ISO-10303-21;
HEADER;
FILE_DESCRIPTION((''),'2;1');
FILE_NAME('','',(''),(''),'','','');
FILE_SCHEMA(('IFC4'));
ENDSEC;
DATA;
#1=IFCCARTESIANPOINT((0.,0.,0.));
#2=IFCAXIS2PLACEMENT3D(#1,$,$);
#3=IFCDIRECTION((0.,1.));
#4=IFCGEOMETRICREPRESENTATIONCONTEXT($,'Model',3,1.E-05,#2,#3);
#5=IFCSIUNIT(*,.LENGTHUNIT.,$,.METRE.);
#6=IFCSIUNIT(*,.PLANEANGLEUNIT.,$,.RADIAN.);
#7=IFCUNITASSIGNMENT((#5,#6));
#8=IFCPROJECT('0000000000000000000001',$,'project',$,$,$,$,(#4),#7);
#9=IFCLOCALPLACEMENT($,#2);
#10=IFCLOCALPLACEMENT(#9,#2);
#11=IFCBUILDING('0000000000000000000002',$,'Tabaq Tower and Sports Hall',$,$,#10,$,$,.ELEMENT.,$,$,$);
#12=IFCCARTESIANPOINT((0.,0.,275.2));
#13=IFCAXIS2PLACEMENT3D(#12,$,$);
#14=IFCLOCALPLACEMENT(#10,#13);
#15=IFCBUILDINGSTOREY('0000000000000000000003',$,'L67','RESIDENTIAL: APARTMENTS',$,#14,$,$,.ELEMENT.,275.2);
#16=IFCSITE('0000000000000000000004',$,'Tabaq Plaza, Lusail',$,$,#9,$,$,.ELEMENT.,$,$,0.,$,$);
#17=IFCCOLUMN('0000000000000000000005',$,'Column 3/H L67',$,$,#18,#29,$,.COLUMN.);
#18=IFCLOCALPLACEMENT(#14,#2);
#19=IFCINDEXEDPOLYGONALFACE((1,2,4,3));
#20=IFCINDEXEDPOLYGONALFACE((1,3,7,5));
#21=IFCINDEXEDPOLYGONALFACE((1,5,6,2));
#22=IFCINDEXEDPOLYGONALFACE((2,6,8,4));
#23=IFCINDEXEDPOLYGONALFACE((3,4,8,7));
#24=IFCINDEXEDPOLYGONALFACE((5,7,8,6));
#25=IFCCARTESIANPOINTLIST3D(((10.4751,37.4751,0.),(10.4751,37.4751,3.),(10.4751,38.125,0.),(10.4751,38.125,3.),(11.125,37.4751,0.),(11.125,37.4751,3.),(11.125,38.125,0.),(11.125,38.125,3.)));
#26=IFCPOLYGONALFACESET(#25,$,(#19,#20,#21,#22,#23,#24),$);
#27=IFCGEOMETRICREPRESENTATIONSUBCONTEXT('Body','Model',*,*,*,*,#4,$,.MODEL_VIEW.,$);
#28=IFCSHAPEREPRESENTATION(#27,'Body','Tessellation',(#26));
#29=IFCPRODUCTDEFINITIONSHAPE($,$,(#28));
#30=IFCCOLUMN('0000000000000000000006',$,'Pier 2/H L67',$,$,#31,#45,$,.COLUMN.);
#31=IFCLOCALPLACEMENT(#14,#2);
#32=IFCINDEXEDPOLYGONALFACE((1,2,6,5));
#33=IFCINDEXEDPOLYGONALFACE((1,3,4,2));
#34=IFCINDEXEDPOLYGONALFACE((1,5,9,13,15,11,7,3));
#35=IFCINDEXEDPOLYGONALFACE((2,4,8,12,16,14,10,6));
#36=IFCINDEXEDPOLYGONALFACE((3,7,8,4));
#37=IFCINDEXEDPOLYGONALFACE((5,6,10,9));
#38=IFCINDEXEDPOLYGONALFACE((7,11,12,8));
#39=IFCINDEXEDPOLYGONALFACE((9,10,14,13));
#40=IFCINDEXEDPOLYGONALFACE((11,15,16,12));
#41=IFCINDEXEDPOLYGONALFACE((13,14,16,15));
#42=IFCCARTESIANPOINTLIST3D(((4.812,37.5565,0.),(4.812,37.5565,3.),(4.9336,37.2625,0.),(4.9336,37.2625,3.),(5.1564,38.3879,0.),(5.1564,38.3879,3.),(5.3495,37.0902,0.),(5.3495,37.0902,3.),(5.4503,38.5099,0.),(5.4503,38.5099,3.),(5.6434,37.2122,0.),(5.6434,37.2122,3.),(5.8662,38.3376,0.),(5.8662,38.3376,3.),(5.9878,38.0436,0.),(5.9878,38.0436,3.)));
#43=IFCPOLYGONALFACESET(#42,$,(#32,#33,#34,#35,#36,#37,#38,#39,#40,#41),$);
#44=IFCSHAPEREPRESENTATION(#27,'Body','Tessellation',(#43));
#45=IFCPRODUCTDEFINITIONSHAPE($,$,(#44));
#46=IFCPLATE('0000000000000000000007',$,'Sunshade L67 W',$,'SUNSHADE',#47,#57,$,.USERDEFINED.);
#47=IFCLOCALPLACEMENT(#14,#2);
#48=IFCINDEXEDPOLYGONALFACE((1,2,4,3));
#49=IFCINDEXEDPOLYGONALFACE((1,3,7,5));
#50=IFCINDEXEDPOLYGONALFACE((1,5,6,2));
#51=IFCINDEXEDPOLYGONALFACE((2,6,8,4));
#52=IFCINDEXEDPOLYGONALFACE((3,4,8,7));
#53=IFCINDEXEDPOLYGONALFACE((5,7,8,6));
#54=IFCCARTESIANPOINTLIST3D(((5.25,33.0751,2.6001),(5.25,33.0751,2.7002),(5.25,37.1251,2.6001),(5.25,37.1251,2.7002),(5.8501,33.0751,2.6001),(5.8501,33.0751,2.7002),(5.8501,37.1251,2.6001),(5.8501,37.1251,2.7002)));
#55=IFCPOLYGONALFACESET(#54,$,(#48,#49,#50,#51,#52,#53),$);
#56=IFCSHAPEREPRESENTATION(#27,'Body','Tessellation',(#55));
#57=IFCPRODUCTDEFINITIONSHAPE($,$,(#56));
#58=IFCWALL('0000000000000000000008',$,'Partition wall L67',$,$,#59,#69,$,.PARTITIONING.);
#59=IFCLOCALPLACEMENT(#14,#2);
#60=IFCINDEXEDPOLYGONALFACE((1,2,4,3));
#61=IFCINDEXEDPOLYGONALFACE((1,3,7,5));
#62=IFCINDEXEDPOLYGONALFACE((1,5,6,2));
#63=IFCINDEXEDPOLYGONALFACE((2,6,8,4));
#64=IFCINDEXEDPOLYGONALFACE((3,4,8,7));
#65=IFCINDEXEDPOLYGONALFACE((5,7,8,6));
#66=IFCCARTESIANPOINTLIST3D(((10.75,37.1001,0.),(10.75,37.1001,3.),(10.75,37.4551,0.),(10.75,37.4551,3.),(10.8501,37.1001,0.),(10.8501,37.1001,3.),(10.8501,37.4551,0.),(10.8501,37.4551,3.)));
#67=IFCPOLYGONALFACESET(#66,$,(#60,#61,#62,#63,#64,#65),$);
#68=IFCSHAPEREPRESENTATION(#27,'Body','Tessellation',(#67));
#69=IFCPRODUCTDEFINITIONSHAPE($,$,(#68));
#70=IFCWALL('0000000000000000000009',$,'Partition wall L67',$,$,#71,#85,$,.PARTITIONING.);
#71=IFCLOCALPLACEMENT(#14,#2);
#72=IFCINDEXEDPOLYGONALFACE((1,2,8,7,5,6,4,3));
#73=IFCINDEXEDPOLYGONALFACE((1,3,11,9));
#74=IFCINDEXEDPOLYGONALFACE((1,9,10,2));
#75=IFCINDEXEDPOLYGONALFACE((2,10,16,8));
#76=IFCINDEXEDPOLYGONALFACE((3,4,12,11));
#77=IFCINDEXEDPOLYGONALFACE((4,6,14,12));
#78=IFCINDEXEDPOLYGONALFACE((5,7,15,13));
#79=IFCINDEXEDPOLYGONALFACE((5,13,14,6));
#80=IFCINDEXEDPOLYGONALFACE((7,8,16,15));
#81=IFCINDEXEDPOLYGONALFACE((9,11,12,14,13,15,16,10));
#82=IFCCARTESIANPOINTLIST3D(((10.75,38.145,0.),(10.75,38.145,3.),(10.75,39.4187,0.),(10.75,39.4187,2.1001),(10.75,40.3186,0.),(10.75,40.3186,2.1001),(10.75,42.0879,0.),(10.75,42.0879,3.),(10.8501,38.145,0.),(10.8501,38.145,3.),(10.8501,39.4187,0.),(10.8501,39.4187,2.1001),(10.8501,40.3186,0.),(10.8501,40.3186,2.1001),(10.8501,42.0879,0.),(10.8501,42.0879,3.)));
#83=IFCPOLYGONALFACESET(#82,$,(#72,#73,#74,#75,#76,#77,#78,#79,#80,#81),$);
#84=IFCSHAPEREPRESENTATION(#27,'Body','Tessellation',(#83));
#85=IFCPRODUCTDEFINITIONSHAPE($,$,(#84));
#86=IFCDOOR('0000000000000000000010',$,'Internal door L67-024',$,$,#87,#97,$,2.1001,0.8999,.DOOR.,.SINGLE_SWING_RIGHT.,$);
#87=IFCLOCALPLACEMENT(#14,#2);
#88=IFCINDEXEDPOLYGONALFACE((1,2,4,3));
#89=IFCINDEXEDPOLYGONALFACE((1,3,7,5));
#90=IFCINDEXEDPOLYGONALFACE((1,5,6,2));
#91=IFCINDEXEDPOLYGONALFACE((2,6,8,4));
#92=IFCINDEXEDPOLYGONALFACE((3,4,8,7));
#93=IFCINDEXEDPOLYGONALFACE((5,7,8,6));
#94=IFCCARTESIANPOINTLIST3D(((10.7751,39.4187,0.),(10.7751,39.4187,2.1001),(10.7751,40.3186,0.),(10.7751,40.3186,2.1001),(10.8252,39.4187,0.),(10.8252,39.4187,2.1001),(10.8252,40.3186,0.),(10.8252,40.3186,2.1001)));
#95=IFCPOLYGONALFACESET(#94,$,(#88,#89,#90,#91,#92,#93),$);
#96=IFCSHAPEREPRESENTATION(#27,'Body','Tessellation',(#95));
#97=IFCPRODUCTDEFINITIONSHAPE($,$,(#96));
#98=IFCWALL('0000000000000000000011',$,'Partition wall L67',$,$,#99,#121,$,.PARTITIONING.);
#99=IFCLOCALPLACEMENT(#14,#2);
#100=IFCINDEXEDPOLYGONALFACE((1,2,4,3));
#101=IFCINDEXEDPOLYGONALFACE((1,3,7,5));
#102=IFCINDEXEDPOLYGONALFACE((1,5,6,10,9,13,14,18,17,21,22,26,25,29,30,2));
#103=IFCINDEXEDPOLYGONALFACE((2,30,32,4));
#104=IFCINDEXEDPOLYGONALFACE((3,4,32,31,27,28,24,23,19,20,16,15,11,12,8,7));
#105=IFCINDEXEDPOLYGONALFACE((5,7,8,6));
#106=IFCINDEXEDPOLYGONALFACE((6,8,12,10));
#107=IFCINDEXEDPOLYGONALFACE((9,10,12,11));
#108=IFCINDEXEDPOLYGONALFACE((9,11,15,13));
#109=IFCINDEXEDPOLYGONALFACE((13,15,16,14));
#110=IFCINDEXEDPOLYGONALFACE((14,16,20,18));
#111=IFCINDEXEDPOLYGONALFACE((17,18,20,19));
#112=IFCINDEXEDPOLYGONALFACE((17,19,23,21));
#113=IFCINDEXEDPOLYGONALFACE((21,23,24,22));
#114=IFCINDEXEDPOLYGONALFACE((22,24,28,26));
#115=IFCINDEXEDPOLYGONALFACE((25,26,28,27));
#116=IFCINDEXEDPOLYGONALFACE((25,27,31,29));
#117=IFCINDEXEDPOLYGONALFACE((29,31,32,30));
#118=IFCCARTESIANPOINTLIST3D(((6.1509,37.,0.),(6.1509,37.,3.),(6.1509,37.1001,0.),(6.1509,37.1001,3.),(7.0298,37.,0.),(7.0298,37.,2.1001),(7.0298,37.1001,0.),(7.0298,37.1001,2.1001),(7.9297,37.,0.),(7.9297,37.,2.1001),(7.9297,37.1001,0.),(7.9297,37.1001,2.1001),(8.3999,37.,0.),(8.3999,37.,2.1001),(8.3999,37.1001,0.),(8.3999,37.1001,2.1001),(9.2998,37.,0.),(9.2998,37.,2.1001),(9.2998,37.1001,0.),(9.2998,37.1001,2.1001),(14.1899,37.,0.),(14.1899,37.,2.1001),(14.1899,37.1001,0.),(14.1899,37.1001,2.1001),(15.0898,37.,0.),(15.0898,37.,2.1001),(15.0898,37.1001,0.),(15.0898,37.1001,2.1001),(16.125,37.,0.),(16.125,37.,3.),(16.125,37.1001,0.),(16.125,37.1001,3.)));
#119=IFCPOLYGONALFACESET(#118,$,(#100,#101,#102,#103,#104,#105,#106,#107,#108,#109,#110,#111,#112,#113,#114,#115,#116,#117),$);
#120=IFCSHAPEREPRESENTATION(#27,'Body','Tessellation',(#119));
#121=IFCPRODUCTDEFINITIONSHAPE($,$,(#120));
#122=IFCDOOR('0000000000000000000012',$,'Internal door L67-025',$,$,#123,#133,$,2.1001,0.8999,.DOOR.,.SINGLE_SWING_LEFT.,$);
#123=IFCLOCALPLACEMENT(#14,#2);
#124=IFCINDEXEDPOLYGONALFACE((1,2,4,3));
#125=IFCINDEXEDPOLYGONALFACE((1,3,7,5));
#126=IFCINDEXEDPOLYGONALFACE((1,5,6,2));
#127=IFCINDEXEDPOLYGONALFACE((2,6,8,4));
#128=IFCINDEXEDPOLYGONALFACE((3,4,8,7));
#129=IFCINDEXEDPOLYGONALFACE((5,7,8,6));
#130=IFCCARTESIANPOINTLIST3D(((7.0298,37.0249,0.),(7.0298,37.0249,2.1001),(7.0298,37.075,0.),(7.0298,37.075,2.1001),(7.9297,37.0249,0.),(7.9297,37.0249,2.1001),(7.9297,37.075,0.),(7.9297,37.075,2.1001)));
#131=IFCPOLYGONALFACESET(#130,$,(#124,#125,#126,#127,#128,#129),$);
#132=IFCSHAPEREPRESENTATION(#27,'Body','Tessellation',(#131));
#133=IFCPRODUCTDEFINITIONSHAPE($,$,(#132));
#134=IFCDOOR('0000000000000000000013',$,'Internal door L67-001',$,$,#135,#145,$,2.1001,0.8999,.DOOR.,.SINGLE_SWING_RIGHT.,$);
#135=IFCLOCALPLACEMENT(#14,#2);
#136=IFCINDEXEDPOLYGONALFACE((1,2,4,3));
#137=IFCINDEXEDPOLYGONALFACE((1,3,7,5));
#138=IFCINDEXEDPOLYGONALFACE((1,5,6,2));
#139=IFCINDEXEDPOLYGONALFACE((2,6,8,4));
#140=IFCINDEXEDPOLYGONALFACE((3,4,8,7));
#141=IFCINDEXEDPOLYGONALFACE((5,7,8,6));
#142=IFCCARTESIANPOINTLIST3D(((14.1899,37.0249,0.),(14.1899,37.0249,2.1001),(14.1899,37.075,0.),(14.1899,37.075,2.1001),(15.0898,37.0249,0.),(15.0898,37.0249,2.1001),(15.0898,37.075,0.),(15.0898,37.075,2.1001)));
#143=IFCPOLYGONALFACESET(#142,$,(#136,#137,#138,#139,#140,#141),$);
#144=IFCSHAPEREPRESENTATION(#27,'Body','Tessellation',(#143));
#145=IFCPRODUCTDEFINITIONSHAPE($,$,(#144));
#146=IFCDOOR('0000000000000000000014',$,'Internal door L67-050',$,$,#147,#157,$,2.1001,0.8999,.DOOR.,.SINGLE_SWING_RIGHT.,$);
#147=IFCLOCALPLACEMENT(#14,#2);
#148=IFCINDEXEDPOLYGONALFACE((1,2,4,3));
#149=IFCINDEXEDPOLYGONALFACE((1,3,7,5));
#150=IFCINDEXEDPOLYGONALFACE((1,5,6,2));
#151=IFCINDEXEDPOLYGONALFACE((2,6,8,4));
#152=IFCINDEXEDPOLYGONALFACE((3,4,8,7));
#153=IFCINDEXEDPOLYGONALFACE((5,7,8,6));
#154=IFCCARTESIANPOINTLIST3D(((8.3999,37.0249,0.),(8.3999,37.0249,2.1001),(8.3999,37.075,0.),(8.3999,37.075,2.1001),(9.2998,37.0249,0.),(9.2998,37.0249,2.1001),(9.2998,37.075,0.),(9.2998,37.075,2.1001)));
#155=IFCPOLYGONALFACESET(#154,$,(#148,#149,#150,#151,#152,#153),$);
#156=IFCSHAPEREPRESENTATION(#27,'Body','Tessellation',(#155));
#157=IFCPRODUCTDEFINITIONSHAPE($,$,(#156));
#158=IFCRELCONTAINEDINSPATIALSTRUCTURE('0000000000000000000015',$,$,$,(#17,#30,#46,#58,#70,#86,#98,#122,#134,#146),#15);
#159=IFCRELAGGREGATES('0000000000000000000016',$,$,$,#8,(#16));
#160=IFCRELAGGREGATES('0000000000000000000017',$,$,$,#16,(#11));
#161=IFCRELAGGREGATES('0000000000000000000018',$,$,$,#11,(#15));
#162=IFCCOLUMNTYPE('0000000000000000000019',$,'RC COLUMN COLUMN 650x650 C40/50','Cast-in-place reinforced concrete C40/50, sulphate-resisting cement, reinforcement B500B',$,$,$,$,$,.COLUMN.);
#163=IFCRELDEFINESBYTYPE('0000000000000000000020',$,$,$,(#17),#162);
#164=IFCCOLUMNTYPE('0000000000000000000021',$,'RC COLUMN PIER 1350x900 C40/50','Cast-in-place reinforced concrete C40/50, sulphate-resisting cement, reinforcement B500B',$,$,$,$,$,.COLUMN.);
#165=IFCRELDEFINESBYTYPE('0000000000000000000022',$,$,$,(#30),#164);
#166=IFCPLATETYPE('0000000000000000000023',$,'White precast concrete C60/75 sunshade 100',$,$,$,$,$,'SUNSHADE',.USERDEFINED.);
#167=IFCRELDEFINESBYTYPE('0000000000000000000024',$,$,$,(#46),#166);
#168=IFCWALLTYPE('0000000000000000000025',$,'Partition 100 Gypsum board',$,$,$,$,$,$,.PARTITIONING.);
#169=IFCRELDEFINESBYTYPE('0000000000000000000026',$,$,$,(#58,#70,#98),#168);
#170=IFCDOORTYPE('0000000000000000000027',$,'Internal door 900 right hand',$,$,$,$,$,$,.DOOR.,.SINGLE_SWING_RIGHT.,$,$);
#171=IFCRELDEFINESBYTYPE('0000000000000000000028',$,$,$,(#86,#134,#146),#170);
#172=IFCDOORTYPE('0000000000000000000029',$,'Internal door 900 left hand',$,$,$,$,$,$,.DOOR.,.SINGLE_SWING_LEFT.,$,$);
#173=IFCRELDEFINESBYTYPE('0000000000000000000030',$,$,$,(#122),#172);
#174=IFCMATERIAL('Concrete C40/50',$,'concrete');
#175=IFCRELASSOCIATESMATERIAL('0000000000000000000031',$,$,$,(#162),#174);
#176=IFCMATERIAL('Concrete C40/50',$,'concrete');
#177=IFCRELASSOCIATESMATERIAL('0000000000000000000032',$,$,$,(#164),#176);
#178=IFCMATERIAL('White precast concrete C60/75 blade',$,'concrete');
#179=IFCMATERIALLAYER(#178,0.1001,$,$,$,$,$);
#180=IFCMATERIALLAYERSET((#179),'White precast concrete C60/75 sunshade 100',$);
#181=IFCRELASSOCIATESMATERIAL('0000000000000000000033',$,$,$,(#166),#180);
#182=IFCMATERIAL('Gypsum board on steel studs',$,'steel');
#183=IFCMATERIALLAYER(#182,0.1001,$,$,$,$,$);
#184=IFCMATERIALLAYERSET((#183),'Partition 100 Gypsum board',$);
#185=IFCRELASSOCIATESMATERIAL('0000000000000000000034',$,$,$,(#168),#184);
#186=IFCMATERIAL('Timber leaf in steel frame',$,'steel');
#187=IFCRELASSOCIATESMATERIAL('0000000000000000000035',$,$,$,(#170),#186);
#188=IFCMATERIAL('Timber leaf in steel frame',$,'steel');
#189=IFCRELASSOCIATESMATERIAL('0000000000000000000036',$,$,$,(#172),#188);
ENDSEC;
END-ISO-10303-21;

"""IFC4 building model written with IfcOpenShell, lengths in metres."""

from ifc_helpers import new_model, si_unit, direction, frame, frame_2d, origin, origin_2d, place, context, subcontext, project, spatial, polyline, rectangle, outline, extrude, material, layer, layer_set, material_profile, profile_set, type_object, element, fill, save


model = new_model("IFC4")

# Units and contexts
model_context = context("Model", 3, precision=1e-05, world=origin(), true_north=direction((0.0, 1.0)))
body_context = subcontext(model_context, "Body", "Model", "MODEL_VIEW")
ifc_project = project(units=[si_unit("LENGTHUNIT", "METRE"), si_unit("PLANEANGLEUNIT", "RADIAN")], contexts=[model_context])

# Site, building, storey
site_placement = place(None, origin())
site = spatial("IfcSite", under=ifc_project, at=site_placement, Name="Tabaq Plaza, Lusail", CompositionType="ELEMENT", RefElevation=0.0)
building_placement = place(site_placement, origin())
building = spatial("IfcBuilding", under=site, at=building_placement, Name="Tabaq Tower and Sports Hall", CompositionType="ELEMENT")
storey_placement = place(building_placement, frame((0.0, 0.0, 275.2)))
storey = spatial("IfcBuildingStorey", under=building, at=storey_placement, Name="L67", Description="RESIDENTIAL: APARTMENTS", CompositionType="ELEMENT", Elevation=275.2)

# Columns
ifc_material_1 = material(Name="Concrete C40/50", Category="concrete")
ifc_material_profile_1 = material_profile(ifc_material_1, rectangle(XDim=0.6499, YDim=0.6499, at=origin_2d()), Name="COLUMN 650x650")
ifc_profile_set_1 = profile_set([ifc_material_profile_1], Name="Concrete C40/50")
column_type_1 = type_object("IfcColumnType", Name="RC COLUMN COLUMN 650x650 C40/50", Description="Cast-in-place reinforced concrete C40/50, sulphate-resisting cement, reinforcement B500B", PredefinedType="COLUMN", material=ifc_profile_set_1)
column_1_placement = place(storey_placement, frame((10.8, 37.8, 0.0), z_axis=(0.0, 0.0, 1.0), x_axis=(1.0, 0.0, 0.0)))
element("IfcColumn", 1, at=column_1_placement, inside=storey, type_object=column_type_1, Name="Column 3/H L67", PredefinedType="COLUMN", context=body_context, shape_type="SweptSolid", body=[
    extrude(rectangle(XDim=0.6499, YDim=0.6499, at=origin_2d()), origin(), (0.0, 0.0, 1.0), 3.0),
])
ifc_material_2 = material(Name="Concrete C40/50", Category="concrete")
ifc_material_profile_2 = material_profile(ifc_material_2, outline(polyline([(-0.45, -0.45), (0.45, -0.45), (0.675, -0.2251), (0.675, 0.2251), (0.45, 0.45), (-0.45, 0.45), (-0.675, 0.2251), (-0.675, -0.2251), (-0.45, -0.45)])), Name="PIER 1350x900")
ifc_profile_set_2 = profile_set([ifc_material_profile_2], Name="Concrete C40/50")
column_type_2 = type_object("IfcColumnType", Name="RC COLUMN PIER 1350x900 C40/50", Description="Cast-in-place reinforced concrete C40/50, sulphate-resisting cement, reinforcement B500B", PredefinedType="COLUMN", material=ifc_profile_set_2)
column_2_placement = place(storey_placement, frame((5.3999, 37.8, 0.0), z_axis=(0.0, 0.0, 1.0), x_axis=(0.382683, 0.92388, 0.0)))
element("IfcColumn", 2, at=column_2_placement, inside=storey, type_object=column_type_2, Name="Pier 2/H L67", PredefinedType="COLUMN", context=body_context, shape_type="SweptSolid", body=[
    extrude(outline(polyline([(-0.45, -0.45), (0.45, -0.45), (0.675, -0.2251), (0.675, 0.2251), (0.45, 0.45), (-0.45, 0.45), (-0.675, 0.2251), (-0.675, -0.2251), (-0.45, -0.45)])), origin(), (0.0, 0.0, 1.0), 3.0),
])

# Plate
ifc_material_3 = material(Name="White precast concrete C60/75 blade", Category="concrete")
ifc_layer_1 = layer(ifc_material_3, 0.1001)
ifc_layer_set_1 = layer_set([ifc_layer_1], Name="White precast concrete C60/75 sunshade 100")
plate_type = type_object("IfcPlateType", Name="White precast concrete C60/75 sunshade 100", ElementType="SUNSHADE", PredefinedType="USERDEFINED", material=ifc_layer_set_1)
plate_placement = place(storey_placement, frame((5.55, 35.1001, 2.6001), z_axis=(0.0, 0.0, 1.0), x_axis=(0.0, -1.0, 0.0)))
element("IfcPlate", 3, at=plate_placement, inside=storey, type_object=plate_type, Name="Sunshade L67 W", ObjectType="SUNSHADE", PredefinedType="USERDEFINED", context=body_context, shape_type="SweptSolid", body=[
    extrude(rectangle(XDim=4.05, YDim=0.6001, at=origin_2d()), origin(), (0.0, 0.0, 1.0), 0.1001),
])

# Wall
ifc_material_4 = material(Name="Gypsum board on steel studs", Category="steel")
ifc_layer_2 = layer(ifc_material_4, 0.1001)
ifc_layer_set_2 = layer_set([ifc_layer_2], Name="Partition 100 Gypsum board")
wall_type_1 = type_object("IfcWallType", Name="Partition 100 Gypsum board", PredefinedType="PARTITIONING", material=ifc_layer_set_2)
wall_1_placement = place(storey_placement, frame((10.8, 37.1001, 0.0), z_axis=(0.0, 0.0, 1.0), x_axis=(0.0, 1.0, 0.0)))
element("IfcWall", 4, at=wall_1_placement, inside=storey, type_object=wall_type_1, Name="Partition wall L67", PredefinedType="PARTITIONING", context=body_context, shape_type="SweptSolid", body=[
    extrude(rectangle(XDim=0.355, YDim=0.1001, at=frame_2d((0.1775, 0.0))), origin(), (0.0, 0.0, 1.0), 3.0),
])

# Wall, opening, door
wall_2_placement = place(storey_placement, frame((10.8, 38.145, 0.0), z_axis=(0.0, 0.0, 1.0), x_axis=(0.0, 1.0, 0.0)))
wall_2 = element("IfcWall", 5, at=wall_2_placement, inside=storey, type_object=wall_type_1, Name="Partition wall L67", PredefinedType="PARTITIONING", context=body_context, shape_type="SweptSolid", body=[
    extrude(rectangle(XDim=3.9429, YDim=0.1001, at=frame_2d((1.9714, 0.0))), origin(), (0.0, 0.0, 1.0), 3.0),
])
opening_1_placement = place(wall_2_placement, frame((1.2737, 0.0, 0.0)))
opening_1 = element("IfcOpeningElement", 6, at=opening_1_placement, cuts=wall_2, PredefinedType="OPENING", context=body_context, shape_type="SweptSolid", body=[
    extrude(rectangle(XDim=0.8999, YDim=2.1001, at=frame_2d((0.45, 1.05))), frame((0.0, 0.05, 0.0), z_axis=(0.0, -1.0, 0.0), x_axis=(1.0, 0.0, 0.0)), (0.0, 0.0, 1.0), 0.1001),
])
ifc_material_5 = material(Name="Timber leaf in steel frame", Category="steel")
door_type_1 = type_object("IfcDoorType", Name="Internal door 900 right hand", OperationType="SINGLE_SWING_RIGHT", PredefinedType="DOOR", material=ifc_material_5)
door_1_placement = place(opening_1_placement, origin())
door_1 = element("IfcDoor", 7, at=door_1_placement, inside=storey, type_object=door_type_1, Name="Internal door L67-024", OperationType="SINGLE_SWING_RIGHT", OverallHeight=2.1001, OverallWidth=0.8999, PredefinedType="DOOR", context=body_context, shape_type="SweptSolid", body=[
    extrude(rectangle(XDim=0.8999, YDim=2.1001, at=frame_2d((0.45, 1.05))), frame((0.0, 0.0249, 0.0), z_axis=(0.0, -1.0, 0.0), x_axis=(1.0, 0.0, 0.0)), (0.0, 0.0, 1.0), 0.05),
])
fill(opening_1, door_1)

# Wall, openings, doors
wall_3_placement = place(storey_placement, frame((6.1509, 37.05, 0.0), z_axis=(0.0, 0.0, 1.0), x_axis=(1.0, 0.0, 0.0)))
wall_3 = element("IfcWall", 8, at=wall_3_placement, inside=storey, type_object=wall_type_1, Name="Partition wall L67", PredefinedType="PARTITIONING", context=body_context, shape_type="SweptSolid", body=[
    extrude(rectangle(XDim=9.9741, YDim=0.1001, at=frame_2d((4.9871, 0.0))), origin(), (0.0, 0.0, 1.0), 3.0),
])
opening_2_placement = place(wall_3_placement, frame((8.0391, 0.0, 0.0)))
opening_2 = element("IfcOpeningElement", 9, at=opening_2_placement, cuts=wall_3, PredefinedType="OPENING", context=body_context, shape_type="SweptSolid", body=[
    extrude(rectangle(XDim=0.8999, YDim=2.1001, at=frame_2d((0.45, 1.05))), frame((0.0, 0.05, 0.0), z_axis=(0.0, -1.0, 0.0), x_axis=(1.0, 0.0, 0.0)), (0.0, 0.0, 1.0), 0.1001),
])
opening_3_placement = place(wall_3_placement, frame((0.8789, 0.0, 0.0)))
opening_3 = element("IfcOpeningElement", 10, at=opening_3_placement, cuts=wall_3, PredefinedType="OPENING", context=body_context, shape_type="SweptSolid", body=[
    extrude(rectangle(XDim=0.8999, YDim=2.1001, at=frame_2d((0.45, 1.05))), frame((0.0, 0.05, 0.0), z_axis=(0.0, -1.0, 0.0), x_axis=(1.0, 0.0, 0.0)), (0.0, 0.0, 1.0), 0.1001),
])
opening_4_placement = place(wall_3_placement, frame((2.249, 0.0, 0.0)))
opening_4 = element("IfcOpeningElement", 11, at=opening_4_placement, cuts=wall_3, PredefinedType="OPENING", context=body_context, shape_type="SweptSolid", body=[
    extrude(rectangle(XDim=0.8999, YDim=2.1001, at=frame_2d((0.45, 1.05))), frame((0.0, 0.05, 0.0), z_axis=(0.0, -1.0, 0.0), x_axis=(1.0, 0.0, 0.0)), (0.0, 0.0, 1.0), 0.1001),
])
ifc_material_6 = material(Name="Timber leaf in steel frame", Category="steel")
door_type_2 = type_object("IfcDoorType", Name="Internal door 900 left hand", OperationType="SINGLE_SWING_LEFT", PredefinedType="DOOR", material=ifc_material_6)
door_2_placement = place(opening_3_placement, origin())
door_2 = element("IfcDoor", 12, at=door_2_placement, inside=storey, type_object=door_type_2, Name="Internal door L67-025", OperationType="SINGLE_SWING_LEFT", OverallHeight=2.1001, OverallWidth=0.8999, PredefinedType="DOOR", context=body_context, shape_type="SweptSolid", body=[
    extrude(rectangle(XDim=0.8999, YDim=2.1001, at=frame_2d((0.45, 1.05))), frame((0.0, 0.0249, 0.0), z_axis=(0.0, -1.0, 0.0), x_axis=(1.0, 0.0, 0.0)), (0.0, 0.0, 1.0), 0.05),
])
fill(opening_3, door_2)
door_3_placement = place(opening_2_placement, origin())
door_3 = element("IfcDoor", 13, at=door_3_placement, inside=storey, type_object=door_type_1, Name="Internal door L67-001", OperationType="SINGLE_SWING_RIGHT", OverallHeight=2.1001, OverallWidth=0.8999, PredefinedType="DOOR", context=body_context, shape_type="SweptSolid", body=[
    extrude(rectangle(XDim=0.8999, YDim=2.1001, at=frame_2d((0.45, 1.05))), frame((0.0, 0.0249, 0.0), z_axis=(0.0, -1.0, 0.0), x_axis=(1.0, 0.0, 0.0)), (0.0, 0.0, 1.0), 0.05),
])
fill(opening_2, door_3)
door_4_placement = place(opening_4_placement, origin())
door_4 = element("IfcDoor", 14, at=door_4_placement, inside=storey, type_object=door_type_1, Name="Internal door L67-050", OperationType="SINGLE_SWING_RIGHT", OverallHeight=2.1001, OverallWidth=0.8999, PredefinedType="DOOR", context=body_context, shape_type="SweptSolid", body=[
    extrude(rectangle(XDim=0.8999, YDim=2.1001, at=frame_2d((0.45, 1.05))), frame((0.0, 0.0249, 0.0), z_axis=(0.0, -1.0, 0.0), x_axis=(1.0, 0.0, 0.0)), (0.0, 0.0, 1.0), 0.05),
])
fill(opening_4, door_4)

save(model, "model.ifc")
